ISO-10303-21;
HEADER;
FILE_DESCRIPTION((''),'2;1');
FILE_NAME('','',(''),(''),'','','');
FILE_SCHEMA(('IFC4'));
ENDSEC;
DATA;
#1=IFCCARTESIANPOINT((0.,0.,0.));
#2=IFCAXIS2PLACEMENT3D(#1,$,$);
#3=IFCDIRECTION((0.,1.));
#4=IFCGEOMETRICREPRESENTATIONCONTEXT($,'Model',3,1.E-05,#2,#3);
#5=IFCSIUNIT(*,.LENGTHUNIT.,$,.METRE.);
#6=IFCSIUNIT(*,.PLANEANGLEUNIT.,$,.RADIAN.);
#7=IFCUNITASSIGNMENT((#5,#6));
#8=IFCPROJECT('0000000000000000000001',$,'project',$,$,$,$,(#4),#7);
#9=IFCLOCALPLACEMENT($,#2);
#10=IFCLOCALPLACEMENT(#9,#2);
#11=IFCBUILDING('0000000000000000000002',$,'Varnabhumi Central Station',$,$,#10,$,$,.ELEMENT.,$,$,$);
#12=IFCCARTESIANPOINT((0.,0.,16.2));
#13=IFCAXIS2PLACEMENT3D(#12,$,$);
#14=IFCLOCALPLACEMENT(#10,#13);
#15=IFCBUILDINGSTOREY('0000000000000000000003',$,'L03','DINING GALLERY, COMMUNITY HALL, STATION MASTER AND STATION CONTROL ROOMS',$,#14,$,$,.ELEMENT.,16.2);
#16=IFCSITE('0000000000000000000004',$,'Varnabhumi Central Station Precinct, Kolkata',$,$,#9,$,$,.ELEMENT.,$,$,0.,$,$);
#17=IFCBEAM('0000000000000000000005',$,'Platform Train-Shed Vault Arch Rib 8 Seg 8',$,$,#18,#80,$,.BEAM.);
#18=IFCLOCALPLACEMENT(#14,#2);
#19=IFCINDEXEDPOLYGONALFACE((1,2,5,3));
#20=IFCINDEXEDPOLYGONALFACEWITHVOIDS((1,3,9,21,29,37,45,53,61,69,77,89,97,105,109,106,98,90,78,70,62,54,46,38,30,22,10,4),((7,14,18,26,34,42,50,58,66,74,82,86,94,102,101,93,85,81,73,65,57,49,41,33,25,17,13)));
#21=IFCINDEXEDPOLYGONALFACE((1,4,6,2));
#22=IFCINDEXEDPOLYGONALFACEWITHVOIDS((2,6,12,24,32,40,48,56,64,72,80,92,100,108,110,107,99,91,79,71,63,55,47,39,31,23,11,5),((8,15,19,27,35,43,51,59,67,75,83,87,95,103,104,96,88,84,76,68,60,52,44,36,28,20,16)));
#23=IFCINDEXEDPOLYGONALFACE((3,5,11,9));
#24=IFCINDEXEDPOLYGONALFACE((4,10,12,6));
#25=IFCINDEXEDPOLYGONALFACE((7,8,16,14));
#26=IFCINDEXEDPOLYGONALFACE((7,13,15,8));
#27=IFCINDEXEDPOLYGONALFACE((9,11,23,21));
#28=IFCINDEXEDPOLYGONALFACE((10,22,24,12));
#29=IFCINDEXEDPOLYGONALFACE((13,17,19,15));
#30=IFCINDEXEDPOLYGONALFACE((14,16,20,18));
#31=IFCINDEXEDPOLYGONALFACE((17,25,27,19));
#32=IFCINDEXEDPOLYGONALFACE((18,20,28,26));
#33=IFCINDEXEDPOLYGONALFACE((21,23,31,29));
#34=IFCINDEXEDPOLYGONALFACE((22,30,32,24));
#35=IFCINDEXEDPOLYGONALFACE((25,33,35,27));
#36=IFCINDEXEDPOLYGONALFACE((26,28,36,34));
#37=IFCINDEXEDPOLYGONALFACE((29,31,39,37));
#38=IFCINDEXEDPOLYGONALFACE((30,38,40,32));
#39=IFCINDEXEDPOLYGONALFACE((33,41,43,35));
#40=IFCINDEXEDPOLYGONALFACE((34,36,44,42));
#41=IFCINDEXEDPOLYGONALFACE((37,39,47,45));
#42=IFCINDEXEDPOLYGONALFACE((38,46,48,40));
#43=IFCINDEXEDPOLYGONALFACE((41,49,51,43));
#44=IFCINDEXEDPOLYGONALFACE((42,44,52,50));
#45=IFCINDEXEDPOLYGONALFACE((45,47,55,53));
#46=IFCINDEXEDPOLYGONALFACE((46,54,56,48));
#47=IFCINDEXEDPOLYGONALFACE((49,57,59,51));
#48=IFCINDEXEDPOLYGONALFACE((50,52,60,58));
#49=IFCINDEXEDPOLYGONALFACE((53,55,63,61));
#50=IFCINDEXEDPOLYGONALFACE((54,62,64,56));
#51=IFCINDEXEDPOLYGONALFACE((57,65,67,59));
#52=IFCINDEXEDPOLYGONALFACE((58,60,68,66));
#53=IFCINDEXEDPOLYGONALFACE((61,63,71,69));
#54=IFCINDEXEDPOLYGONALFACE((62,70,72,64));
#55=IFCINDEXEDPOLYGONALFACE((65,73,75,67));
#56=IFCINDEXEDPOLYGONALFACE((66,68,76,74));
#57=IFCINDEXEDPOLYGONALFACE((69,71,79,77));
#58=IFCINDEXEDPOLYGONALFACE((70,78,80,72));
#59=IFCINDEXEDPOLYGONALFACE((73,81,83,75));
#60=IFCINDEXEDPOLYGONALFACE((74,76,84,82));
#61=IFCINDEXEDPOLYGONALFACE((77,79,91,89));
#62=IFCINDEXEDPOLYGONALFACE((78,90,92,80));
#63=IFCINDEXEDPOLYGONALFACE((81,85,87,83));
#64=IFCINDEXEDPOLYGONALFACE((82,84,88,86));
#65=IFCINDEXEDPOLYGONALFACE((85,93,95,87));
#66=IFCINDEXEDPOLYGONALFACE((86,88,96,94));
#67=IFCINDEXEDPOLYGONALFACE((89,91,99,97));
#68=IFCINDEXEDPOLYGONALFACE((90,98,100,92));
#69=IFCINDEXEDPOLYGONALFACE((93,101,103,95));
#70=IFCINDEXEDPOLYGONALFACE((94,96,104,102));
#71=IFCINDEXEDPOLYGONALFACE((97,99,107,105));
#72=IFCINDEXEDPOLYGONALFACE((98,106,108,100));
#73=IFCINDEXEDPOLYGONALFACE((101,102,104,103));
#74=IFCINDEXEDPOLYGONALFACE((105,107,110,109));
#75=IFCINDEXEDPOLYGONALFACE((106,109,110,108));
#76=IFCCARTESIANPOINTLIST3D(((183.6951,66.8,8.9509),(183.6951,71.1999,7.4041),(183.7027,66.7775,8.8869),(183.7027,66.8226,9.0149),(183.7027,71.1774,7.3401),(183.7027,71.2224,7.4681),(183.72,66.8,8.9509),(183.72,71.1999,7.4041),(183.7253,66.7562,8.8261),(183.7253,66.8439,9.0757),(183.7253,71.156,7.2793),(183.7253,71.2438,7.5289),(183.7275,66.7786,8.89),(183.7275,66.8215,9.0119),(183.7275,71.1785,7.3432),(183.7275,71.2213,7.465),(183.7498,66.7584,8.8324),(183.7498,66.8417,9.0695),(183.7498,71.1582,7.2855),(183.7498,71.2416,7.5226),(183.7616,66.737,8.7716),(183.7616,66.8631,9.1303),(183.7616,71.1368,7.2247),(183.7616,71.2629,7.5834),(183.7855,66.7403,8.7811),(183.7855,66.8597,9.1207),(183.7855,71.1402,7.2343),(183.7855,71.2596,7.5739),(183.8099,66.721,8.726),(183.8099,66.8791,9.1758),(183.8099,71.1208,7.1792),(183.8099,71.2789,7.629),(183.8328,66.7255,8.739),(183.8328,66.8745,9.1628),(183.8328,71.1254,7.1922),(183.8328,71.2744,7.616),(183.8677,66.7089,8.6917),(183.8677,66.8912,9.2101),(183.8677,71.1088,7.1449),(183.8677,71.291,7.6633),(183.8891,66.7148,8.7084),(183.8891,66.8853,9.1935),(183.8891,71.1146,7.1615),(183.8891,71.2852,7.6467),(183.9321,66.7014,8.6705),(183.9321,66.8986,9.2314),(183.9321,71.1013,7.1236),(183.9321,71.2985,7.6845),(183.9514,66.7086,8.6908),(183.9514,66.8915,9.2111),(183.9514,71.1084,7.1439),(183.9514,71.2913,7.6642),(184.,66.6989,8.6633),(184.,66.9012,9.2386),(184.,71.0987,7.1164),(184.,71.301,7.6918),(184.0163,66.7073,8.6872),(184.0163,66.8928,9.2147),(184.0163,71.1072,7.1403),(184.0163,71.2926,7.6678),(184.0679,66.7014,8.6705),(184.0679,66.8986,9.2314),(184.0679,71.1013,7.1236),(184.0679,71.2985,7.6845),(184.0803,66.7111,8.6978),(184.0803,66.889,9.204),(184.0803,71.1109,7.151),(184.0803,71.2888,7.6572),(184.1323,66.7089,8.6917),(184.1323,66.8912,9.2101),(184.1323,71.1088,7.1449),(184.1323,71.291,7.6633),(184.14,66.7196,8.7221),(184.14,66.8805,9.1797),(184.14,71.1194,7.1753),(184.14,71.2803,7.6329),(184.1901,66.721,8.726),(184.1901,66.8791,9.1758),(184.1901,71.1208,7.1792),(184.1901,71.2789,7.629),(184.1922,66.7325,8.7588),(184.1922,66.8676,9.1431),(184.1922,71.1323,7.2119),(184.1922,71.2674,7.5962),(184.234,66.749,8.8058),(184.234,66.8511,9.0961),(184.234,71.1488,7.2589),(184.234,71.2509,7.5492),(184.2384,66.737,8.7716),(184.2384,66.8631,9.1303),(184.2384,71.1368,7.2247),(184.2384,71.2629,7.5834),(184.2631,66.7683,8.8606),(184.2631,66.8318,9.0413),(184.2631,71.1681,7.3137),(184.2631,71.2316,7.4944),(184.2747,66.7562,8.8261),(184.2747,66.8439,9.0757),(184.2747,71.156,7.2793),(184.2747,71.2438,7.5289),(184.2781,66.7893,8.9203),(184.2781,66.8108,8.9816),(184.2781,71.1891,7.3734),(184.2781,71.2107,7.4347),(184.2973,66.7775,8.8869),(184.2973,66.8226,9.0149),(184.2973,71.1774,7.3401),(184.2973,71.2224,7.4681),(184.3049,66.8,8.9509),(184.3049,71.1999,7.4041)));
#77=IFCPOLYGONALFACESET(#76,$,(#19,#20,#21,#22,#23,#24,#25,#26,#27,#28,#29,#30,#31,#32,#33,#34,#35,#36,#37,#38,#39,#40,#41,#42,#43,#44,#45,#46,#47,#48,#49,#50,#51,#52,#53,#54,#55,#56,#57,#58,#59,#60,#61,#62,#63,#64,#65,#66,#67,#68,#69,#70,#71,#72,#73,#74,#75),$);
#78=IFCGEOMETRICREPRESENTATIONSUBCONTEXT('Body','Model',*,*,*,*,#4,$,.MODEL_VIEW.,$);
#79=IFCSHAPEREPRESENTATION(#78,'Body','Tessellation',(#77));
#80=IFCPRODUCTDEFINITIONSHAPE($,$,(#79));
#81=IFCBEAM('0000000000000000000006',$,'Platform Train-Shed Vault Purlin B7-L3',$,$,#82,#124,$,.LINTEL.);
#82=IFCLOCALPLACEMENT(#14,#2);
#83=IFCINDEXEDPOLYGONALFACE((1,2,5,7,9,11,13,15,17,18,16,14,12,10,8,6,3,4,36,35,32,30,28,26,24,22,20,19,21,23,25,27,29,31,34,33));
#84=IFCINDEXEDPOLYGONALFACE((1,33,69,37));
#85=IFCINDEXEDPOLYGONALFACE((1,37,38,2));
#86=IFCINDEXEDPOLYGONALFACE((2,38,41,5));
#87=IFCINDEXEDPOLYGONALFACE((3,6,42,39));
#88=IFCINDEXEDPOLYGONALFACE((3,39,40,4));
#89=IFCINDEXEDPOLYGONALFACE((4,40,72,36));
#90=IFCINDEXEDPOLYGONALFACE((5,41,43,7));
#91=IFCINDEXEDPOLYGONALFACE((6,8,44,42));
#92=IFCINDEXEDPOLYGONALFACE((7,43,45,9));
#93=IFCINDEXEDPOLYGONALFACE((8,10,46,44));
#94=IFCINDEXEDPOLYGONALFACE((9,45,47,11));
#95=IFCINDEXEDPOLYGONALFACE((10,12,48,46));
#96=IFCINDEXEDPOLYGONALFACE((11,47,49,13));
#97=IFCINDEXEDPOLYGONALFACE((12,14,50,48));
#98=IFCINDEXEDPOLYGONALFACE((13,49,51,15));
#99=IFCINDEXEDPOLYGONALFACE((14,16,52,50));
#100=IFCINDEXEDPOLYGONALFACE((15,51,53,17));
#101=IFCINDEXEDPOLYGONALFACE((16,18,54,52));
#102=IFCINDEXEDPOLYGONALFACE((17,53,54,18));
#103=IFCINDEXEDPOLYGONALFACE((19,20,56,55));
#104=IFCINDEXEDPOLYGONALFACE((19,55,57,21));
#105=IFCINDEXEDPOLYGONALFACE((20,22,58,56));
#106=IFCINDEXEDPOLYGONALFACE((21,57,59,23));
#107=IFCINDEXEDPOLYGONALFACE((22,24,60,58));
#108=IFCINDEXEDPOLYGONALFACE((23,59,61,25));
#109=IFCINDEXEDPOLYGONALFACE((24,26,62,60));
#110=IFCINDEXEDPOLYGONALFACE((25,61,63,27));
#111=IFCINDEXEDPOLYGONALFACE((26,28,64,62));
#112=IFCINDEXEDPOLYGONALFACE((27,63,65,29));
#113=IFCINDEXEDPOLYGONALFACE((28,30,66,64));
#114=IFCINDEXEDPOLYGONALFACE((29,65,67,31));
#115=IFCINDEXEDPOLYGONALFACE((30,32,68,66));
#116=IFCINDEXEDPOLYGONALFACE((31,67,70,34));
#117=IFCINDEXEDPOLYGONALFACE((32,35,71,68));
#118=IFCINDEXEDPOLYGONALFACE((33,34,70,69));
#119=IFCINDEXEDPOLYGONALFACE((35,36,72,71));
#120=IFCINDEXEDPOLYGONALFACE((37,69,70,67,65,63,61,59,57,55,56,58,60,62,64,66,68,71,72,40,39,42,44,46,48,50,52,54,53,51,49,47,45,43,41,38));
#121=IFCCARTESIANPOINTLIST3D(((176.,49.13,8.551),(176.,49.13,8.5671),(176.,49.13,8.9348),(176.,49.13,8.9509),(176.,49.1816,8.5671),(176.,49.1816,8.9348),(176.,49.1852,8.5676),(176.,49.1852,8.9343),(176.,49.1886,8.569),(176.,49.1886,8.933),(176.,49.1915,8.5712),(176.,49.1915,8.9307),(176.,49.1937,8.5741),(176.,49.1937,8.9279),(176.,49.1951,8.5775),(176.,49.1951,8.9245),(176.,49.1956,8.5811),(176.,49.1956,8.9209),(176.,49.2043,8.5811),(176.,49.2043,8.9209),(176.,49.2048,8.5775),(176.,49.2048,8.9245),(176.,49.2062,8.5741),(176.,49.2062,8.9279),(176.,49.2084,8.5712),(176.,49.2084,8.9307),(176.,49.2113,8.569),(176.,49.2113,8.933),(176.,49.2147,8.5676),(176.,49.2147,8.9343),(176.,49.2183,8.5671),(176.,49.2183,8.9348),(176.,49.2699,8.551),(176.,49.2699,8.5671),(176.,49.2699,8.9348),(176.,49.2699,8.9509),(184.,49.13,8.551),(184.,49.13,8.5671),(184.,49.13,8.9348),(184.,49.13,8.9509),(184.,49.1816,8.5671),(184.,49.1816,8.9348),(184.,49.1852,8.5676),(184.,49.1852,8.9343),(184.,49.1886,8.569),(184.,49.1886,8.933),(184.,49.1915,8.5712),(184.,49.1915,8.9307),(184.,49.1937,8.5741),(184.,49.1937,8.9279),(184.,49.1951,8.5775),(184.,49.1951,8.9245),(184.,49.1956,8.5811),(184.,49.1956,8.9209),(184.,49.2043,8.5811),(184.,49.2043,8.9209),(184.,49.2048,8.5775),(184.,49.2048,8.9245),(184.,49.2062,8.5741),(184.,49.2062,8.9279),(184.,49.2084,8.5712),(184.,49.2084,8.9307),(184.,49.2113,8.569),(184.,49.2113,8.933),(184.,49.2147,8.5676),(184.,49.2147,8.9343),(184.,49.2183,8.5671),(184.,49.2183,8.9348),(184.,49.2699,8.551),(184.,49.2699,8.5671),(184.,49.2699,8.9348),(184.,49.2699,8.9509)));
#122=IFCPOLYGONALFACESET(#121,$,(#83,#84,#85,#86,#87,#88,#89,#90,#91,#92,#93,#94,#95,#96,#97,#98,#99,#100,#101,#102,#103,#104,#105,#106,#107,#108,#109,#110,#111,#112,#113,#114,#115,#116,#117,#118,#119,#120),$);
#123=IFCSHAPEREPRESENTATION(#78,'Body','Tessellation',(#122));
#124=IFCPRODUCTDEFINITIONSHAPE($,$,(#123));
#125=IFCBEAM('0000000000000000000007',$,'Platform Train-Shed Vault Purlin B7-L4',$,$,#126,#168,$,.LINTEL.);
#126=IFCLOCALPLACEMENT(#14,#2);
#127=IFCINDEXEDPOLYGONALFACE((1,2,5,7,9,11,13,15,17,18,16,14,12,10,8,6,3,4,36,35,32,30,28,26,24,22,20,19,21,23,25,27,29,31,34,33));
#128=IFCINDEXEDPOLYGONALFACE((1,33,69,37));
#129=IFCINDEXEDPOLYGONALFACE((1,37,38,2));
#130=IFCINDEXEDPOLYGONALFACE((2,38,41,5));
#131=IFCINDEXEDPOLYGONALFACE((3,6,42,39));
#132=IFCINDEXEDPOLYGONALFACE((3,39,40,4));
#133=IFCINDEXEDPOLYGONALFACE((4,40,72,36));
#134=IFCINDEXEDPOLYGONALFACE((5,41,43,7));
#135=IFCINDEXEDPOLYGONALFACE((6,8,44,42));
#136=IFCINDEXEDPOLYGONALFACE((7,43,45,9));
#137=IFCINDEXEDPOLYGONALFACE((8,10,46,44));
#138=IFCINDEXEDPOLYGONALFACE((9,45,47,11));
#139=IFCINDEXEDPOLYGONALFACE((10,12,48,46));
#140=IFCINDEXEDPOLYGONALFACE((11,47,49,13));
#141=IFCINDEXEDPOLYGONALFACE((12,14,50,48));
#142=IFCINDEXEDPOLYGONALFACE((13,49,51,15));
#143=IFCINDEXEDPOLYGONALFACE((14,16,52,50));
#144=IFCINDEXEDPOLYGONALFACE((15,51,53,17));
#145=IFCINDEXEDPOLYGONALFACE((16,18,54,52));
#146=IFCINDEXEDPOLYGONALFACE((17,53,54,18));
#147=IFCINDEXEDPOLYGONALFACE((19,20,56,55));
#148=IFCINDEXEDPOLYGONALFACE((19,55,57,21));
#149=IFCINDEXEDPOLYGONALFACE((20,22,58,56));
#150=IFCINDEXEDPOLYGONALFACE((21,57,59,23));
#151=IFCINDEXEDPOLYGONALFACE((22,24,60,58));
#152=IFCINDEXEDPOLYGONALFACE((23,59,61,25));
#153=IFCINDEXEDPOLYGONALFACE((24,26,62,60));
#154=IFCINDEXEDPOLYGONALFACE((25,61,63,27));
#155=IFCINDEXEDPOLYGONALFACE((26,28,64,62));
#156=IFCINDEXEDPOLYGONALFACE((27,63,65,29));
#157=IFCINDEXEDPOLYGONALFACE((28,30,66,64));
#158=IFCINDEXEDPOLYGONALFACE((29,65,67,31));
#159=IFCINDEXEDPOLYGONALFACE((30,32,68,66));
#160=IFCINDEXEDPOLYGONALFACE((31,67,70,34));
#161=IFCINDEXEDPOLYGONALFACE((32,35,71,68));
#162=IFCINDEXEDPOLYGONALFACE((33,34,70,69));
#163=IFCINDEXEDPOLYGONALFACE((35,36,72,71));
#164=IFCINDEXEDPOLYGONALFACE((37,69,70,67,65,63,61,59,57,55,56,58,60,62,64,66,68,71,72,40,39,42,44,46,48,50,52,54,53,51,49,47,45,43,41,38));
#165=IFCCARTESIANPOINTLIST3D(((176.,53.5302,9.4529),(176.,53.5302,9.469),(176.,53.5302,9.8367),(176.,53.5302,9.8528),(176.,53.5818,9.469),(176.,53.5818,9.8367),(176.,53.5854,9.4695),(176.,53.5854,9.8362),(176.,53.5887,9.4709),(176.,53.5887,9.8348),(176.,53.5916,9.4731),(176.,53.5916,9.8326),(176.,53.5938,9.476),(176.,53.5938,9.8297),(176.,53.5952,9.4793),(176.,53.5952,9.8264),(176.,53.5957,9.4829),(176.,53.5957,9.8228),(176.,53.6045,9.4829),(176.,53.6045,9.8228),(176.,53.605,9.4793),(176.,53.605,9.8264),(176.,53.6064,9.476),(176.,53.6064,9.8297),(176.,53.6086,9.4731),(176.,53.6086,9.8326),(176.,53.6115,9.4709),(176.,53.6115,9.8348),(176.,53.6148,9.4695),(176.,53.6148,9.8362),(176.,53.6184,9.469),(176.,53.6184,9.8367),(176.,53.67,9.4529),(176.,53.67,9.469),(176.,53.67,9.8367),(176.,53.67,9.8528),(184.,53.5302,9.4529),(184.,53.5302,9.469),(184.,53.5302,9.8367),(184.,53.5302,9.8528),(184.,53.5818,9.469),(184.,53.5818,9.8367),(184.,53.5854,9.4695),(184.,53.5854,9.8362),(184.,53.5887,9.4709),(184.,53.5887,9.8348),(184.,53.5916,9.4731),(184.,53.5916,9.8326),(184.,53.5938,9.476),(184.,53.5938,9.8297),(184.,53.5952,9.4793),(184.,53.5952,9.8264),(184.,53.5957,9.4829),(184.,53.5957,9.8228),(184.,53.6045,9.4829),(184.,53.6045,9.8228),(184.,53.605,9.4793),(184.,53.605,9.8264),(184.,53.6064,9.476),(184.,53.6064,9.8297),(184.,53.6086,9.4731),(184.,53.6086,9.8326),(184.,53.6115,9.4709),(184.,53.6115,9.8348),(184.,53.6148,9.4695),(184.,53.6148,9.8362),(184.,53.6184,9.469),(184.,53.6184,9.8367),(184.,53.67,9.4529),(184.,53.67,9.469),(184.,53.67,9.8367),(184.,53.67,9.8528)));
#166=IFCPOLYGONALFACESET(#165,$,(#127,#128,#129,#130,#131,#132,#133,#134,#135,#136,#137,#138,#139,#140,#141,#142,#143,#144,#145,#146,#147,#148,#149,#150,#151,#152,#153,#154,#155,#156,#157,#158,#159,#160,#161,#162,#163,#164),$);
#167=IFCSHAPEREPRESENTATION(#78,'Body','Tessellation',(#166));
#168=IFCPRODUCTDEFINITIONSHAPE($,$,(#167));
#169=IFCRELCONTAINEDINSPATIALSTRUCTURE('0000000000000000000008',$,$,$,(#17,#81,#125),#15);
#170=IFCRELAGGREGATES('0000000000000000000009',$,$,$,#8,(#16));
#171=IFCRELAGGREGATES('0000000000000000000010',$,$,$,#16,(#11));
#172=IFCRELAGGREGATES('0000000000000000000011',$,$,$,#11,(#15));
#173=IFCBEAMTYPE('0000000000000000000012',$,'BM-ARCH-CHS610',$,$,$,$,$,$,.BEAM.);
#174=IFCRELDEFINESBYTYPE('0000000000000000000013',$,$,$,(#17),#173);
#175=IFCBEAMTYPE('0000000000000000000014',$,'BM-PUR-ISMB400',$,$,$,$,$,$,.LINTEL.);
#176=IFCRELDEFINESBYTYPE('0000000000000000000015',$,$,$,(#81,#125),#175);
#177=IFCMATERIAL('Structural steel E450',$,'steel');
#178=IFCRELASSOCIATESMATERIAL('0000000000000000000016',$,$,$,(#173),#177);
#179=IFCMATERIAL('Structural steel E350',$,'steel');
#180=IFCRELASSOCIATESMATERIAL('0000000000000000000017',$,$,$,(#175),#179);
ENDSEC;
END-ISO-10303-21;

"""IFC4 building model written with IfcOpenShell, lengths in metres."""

from ifc_helpers import new_model, si_unit, direction, frame, origin, origin_2d, place, context, subcontext, project, spatial, hollow_circle, i_section, extrude, material, material_profile, profile_set, type_object, element, save


model = new_model("IFC4")

# Units and contexts
model_context = context("Model", 3, precision=1e-05, world=origin(), true_north=direction((0.0, 1.0)))
body_context = subcontext(model_context, "Body", "Model", "MODEL_VIEW")
ifc_project = project(units=[si_unit("LENGTHUNIT", "METRE"), si_unit("PLANEANGLEUNIT", "RADIAN")], contexts=[model_context])

# Site, building, storey
site_placement = place(None, origin())
site = spatial("IfcSite", under=ifc_project, at=site_placement, Name="Varnabhumi Central Station Precinct, Kolkata", CompositionType="ELEMENT", RefElevation=0.0)
building_placement = place(site_placement, origin())
building = spatial("IfcBuilding", under=site, at=building_placement, Name="Varnabhumi Central Station", CompositionType="ELEMENT")
storey_placement = place(building_placement, frame((0.0, 0.0, 16.2)))
storey = spatial("IfcBuildingStorey", under=building, at=storey_placement, Name="L03", Description="DINING GALLERY, COMMUNITY HALL, STATION MASTER AND STATION CONTROL ROOMS", CompositionType="ELEMENT", Elevation=16.2)

# Beams
ifc_material_1 = material(Name="Structural steel E450", Category="steel")
ifc_material_profile_1 = material_profile(ifc_material_1, hollow_circle(Radius=0.3049, WallThickness=0.0249, at=origin_2d()), Name="Structural steel E450", Category="steel")
ifc_profile_set_1 = profile_set([ifc_material_profile_1], Name="Structural steel E450")
beam_type_1 = type_object("IfcBeamType", Name="BM-ARCH-CHS610", PredefinedType="BEAM", material=ifc_profile_set_1)
beam_1_placement = place(storey_placement, frame((184.0, 66.8, 8.9509), z_axis=(0.0, 0.943396, -0.33167), x_axis=(-1.0, 0.0, 0.0)))
element("IfcBeam", 1, at=beam_1_placement, inside=storey, type_object=beam_type_1, Name="Platform Train-Shed Vault Arch Rib 8 Seg 8", PredefinedType="BEAM", context=body_context, shape_type="SweptSolid", body=[
    extrude(hollow_circle(Radius=0.3049, WallThickness=0.0249, at=origin_2d()), origin(), (0.0, 0.0, 1.0), 4.6638),
])
ifc_material_2 = material(Name="Structural steel E350", Category="steel")
ifc_material_profile_2 = material_profile(ifc_material_2, i_section(OverallWidth=0.1399, OverallDepth=0.3999, WebThickness=0.0088, FlangeThickness=0.0161, FilletRadius=0.0139, at=origin_2d()), Name="Structural steel E350", Category="steel")
ifc_profile_set_2 = profile_set([ifc_material_profile_2], Name="Structural steel E350")
beam_type_2 = type_object("IfcBeamType", Name="BM-PUR-ISMB400", PredefinedType="LINTEL", material=ifc_profile_set_2)
for number, where, z_axis, x_axis, name in (
    (2, (176.0, 49.2, 8.751), (1.0, 0.0, 0.0), (0.0, 1.0, 0.0), "Platform Train-Shed Vault Purlin B7-L3"),
    (3, (176.0, 53.6001, 9.6528), (1.0, 0.0, 0.0), (0.0, 1.0, 0.0), "Platform Train-Shed Vault Purlin B7-L4"),
):
    element("IfcBeam", number, at=place(storey_placement, frame(where, z_axis=z_axis, x_axis=x_axis)), inside=storey, type_object=beam_type_2, Name=name, PredefinedType="LINTEL", context=body_context, shape_type="SweptSolid", body=[
        extrude(i_section(OverallWidth=0.1399, OverallDepth=0.3999, WebThickness=0.0088, FlangeThickness=0.0161, FilletRadius=0.0139, at=origin_2d()), origin(), (0.0, 0.0, 1.0), 8.0),
    ])

save(model, "model.ifc")
